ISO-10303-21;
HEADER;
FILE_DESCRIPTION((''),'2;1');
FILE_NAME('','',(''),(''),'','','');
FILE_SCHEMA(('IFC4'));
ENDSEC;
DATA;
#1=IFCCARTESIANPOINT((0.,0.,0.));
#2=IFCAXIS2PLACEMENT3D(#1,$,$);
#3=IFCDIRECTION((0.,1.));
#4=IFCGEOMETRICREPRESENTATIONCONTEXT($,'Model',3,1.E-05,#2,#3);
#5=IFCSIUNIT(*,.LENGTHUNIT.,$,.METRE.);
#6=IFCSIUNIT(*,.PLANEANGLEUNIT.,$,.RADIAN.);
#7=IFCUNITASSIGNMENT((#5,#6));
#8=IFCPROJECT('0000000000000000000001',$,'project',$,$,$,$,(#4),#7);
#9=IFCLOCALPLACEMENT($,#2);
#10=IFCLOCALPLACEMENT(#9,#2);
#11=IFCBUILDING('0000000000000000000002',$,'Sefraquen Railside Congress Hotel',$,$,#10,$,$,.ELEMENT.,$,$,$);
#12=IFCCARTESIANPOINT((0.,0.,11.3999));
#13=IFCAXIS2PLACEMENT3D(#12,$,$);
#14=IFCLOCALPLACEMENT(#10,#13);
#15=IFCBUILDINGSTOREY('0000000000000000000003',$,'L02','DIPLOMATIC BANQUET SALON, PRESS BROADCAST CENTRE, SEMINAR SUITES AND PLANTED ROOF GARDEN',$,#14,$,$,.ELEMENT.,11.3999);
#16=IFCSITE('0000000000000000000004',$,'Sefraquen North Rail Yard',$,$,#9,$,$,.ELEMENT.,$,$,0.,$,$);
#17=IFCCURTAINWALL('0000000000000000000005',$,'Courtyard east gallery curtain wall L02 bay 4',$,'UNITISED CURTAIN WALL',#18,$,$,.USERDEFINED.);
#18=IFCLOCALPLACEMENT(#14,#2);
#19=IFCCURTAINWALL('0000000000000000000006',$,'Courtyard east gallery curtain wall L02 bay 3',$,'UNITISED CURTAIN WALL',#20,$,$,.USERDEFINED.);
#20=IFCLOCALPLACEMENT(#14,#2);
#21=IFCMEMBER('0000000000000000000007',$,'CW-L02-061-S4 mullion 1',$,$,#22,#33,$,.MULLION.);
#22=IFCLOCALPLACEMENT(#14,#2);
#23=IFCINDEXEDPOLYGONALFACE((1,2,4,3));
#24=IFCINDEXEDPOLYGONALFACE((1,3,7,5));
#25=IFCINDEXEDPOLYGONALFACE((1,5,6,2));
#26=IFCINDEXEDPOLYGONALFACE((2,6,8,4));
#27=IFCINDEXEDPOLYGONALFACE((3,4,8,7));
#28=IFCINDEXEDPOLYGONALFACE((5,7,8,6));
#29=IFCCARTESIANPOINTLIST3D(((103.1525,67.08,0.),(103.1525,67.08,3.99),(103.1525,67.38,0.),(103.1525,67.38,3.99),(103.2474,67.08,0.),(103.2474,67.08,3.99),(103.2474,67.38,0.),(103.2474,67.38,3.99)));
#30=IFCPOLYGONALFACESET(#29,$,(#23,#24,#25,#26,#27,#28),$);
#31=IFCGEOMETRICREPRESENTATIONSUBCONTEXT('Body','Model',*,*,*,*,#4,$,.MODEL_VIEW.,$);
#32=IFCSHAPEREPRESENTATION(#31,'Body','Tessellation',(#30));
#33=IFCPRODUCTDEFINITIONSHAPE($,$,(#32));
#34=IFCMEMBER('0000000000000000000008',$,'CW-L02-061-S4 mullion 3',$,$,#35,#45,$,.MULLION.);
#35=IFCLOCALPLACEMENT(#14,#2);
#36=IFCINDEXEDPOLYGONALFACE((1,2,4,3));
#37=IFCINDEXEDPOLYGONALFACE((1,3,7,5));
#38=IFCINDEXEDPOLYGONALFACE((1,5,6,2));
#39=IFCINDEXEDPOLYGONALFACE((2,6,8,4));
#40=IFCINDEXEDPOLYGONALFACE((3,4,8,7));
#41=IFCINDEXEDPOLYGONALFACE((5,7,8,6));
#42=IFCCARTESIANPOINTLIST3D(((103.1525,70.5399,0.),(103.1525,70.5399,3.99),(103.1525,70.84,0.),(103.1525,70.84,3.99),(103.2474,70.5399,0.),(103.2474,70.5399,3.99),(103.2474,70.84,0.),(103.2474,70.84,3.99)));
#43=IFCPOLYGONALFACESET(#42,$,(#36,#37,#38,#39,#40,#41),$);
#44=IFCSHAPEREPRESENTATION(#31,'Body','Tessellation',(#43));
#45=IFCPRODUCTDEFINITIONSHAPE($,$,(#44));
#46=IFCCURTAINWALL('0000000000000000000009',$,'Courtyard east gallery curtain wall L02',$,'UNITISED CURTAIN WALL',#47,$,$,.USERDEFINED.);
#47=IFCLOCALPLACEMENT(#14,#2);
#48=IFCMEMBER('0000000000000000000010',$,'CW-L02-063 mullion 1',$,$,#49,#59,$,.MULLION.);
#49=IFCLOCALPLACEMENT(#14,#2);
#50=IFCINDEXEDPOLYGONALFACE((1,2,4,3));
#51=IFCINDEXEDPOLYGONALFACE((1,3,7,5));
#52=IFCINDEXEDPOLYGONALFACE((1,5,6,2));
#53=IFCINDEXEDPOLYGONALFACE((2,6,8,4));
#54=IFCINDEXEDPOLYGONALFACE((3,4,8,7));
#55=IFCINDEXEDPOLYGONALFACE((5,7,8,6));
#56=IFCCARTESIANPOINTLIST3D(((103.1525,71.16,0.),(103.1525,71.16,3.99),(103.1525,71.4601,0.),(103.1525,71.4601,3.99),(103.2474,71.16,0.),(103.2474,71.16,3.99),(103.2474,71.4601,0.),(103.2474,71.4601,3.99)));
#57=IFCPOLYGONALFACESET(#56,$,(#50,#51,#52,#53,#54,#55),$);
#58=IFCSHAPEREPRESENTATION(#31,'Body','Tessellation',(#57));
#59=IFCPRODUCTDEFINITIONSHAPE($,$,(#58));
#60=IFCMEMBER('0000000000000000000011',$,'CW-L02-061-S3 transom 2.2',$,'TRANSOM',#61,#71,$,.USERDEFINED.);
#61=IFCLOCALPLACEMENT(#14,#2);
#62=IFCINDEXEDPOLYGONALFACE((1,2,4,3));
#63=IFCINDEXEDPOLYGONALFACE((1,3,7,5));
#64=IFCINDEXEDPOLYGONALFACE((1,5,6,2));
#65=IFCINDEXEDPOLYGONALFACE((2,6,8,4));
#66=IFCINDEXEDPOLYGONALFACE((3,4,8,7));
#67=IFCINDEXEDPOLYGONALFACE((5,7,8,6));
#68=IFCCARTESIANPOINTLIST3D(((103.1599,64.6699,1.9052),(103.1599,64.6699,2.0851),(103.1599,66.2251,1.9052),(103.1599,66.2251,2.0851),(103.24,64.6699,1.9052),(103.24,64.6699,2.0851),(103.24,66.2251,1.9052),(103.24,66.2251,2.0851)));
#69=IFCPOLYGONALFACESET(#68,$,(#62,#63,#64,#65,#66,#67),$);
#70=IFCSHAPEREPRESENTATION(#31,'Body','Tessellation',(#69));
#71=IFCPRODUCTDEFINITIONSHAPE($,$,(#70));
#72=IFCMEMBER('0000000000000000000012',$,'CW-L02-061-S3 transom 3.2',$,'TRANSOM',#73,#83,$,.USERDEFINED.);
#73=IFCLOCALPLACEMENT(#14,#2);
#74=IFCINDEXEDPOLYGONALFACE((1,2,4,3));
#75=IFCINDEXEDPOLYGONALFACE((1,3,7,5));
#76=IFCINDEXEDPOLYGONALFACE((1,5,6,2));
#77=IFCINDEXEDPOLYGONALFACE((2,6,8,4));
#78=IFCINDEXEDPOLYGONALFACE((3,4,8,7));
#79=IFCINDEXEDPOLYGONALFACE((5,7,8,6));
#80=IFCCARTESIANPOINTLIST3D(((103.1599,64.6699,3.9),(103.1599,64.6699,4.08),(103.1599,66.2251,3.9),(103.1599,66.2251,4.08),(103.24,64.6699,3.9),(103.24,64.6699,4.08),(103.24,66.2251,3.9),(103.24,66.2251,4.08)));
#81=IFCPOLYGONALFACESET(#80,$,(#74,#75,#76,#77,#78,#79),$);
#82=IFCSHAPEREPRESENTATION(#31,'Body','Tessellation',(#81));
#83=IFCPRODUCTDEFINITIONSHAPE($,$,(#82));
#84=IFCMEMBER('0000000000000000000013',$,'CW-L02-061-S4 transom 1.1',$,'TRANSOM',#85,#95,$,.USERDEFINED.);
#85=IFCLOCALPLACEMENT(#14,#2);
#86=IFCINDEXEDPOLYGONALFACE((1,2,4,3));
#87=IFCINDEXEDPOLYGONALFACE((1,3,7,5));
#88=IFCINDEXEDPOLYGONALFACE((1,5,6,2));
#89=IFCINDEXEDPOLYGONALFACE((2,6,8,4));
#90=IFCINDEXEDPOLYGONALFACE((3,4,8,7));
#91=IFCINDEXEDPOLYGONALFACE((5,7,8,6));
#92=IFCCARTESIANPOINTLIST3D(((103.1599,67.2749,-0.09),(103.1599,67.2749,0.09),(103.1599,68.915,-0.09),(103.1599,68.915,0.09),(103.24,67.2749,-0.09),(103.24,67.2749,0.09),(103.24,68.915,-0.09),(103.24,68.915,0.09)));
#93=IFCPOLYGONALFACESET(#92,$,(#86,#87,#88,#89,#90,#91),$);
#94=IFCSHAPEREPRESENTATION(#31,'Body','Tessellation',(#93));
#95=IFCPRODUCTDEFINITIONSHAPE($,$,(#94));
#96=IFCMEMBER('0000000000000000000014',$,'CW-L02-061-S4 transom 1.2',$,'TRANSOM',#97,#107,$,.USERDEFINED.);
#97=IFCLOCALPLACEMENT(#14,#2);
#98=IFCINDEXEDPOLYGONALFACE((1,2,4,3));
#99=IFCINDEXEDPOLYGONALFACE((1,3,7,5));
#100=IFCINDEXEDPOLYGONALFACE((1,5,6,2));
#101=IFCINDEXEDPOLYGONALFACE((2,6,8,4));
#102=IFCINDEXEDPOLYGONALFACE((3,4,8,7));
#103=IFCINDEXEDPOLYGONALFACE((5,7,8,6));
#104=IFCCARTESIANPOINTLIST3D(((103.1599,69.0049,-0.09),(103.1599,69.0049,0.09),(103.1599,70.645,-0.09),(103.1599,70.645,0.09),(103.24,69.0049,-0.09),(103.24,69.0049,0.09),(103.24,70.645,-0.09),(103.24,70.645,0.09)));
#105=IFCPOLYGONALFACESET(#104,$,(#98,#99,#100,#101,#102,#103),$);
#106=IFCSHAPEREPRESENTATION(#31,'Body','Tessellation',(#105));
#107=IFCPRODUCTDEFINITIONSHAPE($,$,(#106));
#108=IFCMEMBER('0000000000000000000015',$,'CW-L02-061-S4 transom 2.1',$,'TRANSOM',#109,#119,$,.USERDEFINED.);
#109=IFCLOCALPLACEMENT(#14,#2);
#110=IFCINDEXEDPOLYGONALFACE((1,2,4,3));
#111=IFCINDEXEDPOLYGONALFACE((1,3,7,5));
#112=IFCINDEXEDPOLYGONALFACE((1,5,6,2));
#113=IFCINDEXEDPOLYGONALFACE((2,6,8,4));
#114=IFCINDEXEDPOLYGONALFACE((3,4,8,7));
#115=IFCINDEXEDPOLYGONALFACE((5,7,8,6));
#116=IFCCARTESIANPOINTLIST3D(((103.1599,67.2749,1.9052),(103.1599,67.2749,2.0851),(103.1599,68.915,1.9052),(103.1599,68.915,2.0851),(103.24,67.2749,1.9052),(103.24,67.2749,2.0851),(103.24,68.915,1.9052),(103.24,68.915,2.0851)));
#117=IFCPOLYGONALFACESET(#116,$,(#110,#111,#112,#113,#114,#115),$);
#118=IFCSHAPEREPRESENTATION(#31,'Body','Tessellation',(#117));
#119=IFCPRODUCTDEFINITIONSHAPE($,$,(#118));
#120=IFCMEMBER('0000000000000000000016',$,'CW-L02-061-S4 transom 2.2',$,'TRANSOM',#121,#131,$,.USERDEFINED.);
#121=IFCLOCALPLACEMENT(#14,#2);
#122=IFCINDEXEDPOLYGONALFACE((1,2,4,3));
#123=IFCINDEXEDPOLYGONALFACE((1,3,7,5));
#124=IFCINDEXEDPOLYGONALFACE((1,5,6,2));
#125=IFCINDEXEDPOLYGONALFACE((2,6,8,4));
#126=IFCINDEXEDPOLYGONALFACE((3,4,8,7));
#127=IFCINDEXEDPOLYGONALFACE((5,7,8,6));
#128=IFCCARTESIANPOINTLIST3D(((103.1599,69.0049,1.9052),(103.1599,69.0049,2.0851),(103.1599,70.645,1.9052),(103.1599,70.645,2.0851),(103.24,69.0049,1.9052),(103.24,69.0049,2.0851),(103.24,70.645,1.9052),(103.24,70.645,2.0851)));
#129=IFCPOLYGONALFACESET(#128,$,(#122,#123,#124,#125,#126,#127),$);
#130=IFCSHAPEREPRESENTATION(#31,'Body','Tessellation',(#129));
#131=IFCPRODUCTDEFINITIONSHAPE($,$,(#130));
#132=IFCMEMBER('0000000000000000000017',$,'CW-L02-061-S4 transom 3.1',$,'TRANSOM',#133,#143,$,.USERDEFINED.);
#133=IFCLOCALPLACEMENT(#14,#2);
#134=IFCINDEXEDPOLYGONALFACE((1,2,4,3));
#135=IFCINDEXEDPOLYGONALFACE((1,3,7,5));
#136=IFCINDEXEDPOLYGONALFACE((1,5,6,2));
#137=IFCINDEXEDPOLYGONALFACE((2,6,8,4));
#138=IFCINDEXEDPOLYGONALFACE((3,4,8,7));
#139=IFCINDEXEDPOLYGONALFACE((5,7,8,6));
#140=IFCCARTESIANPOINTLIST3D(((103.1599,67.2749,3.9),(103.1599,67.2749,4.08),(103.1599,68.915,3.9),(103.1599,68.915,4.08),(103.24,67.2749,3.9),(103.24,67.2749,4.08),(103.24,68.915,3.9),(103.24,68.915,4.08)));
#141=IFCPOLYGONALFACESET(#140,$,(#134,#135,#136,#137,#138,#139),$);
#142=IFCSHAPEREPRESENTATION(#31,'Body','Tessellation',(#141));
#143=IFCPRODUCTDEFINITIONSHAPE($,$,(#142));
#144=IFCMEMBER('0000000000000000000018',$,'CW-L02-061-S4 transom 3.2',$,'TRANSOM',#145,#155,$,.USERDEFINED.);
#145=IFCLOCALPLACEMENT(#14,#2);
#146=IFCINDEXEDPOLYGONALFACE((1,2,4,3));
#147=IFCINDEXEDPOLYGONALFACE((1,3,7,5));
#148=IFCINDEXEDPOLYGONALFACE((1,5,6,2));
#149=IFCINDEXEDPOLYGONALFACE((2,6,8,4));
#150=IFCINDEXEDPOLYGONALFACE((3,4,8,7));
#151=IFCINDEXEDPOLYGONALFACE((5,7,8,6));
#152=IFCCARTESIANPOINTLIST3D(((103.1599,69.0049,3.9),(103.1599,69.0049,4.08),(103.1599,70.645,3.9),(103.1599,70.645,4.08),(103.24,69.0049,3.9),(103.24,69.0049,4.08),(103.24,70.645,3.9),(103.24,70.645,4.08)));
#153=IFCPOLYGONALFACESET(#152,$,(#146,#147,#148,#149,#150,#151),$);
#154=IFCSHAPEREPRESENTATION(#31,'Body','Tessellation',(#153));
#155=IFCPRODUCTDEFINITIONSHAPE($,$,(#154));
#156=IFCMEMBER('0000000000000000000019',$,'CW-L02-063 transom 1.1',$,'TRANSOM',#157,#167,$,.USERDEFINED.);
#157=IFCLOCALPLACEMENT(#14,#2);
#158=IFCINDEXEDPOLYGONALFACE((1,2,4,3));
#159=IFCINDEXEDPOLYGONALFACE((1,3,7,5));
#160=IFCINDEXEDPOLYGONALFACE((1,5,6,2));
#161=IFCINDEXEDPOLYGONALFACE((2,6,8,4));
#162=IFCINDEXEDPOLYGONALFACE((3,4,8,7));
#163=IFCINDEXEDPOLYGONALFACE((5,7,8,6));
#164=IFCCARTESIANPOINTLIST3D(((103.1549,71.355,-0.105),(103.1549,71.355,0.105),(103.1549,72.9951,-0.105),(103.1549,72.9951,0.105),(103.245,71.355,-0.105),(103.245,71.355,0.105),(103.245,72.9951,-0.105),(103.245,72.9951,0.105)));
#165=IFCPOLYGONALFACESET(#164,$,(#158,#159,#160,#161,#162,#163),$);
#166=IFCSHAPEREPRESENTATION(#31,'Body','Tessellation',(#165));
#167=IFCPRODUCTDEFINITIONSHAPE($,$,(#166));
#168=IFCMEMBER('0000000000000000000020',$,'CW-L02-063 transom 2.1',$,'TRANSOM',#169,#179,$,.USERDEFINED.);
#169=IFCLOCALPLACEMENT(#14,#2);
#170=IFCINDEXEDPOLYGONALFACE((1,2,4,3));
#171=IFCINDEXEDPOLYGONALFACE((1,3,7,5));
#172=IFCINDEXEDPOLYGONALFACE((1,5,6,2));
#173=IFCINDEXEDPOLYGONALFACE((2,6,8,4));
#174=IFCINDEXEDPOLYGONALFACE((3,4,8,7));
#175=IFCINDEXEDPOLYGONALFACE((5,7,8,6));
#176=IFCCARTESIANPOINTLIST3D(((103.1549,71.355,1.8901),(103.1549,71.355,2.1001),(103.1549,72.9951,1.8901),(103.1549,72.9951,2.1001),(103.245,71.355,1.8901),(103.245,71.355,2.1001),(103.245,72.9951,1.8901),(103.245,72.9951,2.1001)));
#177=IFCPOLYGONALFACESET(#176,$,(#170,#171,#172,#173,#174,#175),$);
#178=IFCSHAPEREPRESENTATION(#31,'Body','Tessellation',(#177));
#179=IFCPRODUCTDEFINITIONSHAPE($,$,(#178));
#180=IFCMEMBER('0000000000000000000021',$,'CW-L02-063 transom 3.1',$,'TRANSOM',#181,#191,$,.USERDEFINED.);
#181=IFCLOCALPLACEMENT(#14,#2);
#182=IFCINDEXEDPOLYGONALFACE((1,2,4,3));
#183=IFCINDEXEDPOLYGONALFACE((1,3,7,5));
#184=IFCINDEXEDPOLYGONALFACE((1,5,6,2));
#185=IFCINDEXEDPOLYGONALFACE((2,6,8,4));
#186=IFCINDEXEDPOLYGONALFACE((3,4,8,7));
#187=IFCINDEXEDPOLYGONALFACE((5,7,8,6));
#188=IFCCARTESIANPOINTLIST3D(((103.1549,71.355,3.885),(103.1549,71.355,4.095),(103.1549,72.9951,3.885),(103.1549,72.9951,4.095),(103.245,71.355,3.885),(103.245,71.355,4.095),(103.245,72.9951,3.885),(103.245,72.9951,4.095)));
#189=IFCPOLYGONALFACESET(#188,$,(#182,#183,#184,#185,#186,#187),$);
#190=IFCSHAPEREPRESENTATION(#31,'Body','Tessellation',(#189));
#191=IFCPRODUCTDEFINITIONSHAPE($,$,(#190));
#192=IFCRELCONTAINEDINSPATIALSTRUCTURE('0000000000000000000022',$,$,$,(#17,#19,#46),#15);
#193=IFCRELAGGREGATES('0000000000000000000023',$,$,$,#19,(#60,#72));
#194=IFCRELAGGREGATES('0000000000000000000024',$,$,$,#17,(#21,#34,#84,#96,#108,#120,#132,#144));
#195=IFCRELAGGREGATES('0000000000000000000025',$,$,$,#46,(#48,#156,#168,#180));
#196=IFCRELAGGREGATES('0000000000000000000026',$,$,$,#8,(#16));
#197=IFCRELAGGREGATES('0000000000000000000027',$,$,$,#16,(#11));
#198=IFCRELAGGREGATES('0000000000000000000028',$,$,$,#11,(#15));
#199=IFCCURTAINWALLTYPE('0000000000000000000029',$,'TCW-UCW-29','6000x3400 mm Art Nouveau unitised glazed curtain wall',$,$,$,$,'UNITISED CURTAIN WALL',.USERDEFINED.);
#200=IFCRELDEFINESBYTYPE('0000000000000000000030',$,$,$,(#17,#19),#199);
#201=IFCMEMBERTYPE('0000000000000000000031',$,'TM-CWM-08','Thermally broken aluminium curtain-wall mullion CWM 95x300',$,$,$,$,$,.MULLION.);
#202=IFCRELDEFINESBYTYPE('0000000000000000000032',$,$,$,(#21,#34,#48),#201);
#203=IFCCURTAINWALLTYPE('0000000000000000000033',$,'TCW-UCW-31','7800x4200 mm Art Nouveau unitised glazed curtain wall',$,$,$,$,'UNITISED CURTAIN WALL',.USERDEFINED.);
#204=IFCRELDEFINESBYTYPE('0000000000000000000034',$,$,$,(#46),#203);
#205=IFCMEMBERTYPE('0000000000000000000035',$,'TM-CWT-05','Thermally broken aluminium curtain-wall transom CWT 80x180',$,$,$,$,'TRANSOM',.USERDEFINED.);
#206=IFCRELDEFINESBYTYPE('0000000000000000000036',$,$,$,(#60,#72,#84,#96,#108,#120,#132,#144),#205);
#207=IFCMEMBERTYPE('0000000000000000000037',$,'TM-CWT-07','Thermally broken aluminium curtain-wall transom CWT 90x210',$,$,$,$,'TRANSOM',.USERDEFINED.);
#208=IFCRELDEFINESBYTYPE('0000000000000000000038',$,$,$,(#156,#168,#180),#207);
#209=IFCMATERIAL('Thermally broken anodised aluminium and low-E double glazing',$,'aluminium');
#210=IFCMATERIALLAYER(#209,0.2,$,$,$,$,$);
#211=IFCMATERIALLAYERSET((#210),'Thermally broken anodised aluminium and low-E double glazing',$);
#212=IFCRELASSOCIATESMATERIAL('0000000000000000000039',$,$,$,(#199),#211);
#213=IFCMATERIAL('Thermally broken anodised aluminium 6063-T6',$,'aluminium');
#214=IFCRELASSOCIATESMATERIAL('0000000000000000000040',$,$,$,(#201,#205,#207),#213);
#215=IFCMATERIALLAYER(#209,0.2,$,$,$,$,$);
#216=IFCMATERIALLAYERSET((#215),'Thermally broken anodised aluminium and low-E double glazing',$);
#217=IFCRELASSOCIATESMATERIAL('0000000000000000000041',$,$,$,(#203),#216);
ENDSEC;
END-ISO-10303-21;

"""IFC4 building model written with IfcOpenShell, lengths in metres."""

from ifc_helpers import new_model, si_unit, direction, frame, origin, origin_2d, place, context, subcontext, project, spatial, rectangle, extrude, material, layer, layer_set, material_profile, profile_set, type_object, element, aggregate, save


model = new_model("IFC4")

# Units and contexts
model_context = context("Model", 3, precision=1e-05, world=origin(), true_north=direction((0.0, 1.0)))
body_context = subcontext(model_context, "Body", "Model", "MODEL_VIEW")
ifc_project = project(units=[si_unit("LENGTHUNIT", "METRE"), si_unit("PLANEANGLEUNIT", "RADIAN")], contexts=[model_context])

# Site, building, storey
site_placement = place(None, origin())
site = spatial("IfcSite", under=ifc_project, at=site_placement, Name="Sefraquen North Rail Yard", CompositionType="ELEMENT", RefElevation=0.0)
building_placement = place(site_placement, origin())
building = spatial("IfcBuilding", under=site, at=building_placement, Name="Sefraquen Railside Congress Hotel", CompositionType="ELEMENT")
storey_placement = place(building_placement, frame((0.0, 0.0, 11.3999)))
storey = spatial("IfcBuildingStorey", under=building, at=storey_placement, Name="L02", Description="DIPLOMATIC BANQUET SALON, PRESS BROADCAST CENTRE, SEMINAR SUITES AND PLANTED ROOF GARDEN", CompositionType="ELEMENT", Elevation=11.3999)

# Curtain walls
ifc_material_1 = material(Name="Thermally broken anodised aluminium and low-E double glazing", Category="aluminium")
ifc_layer_1 = layer(ifc_material_1, 0.2)
ifc_layer_set_1 = layer_set([ifc_layer_1], Name="Thermally broken anodised aluminium and low-E double glazing")
curtain_wall_type_1 = type_object("IfcCurtainWallType", Name="TCW-UCW-29", Description="6000x3400 mm Art Nouveau unitised glazed curtain wall", ElementType="UNITISED CURTAIN WALL", PredefinedType="USERDEFINED", material=ifc_layer_set_1)
curtain_wall_1_placement = place(storey_placement, origin())
curtain_wall_1 = element("IfcCurtainWall", 1, at=curtain_wall_1_placement, inside=storey, type_object=curtain_wall_type_1, Name="Courtyard east gallery curtain wall L02 bay 4", ObjectType="UNITISED CURTAIN WALL", PredefinedType="USERDEFINED")
ifc_material_2 = material(Name="Thermally broken anodised aluminium 6063-T6", Category="aluminium")
curtain_wall_2_placement = place(storey_placement, origin())
curtain_wall_2 = element("IfcCurtainWall", 2, at=curtain_wall_2_placement, inside=storey, type_object=curtain_wall_type_1, Name="Courtyard east gallery curtain wall L02 bay 3", ObjectType="UNITISED CURTAIN WALL", PredefinedType="USERDEFINED")
ifc_material_profile_1 = material_profile(ifc_material_2, rectangle(XDim=0.095, YDim=0.3, at=origin_2d()), Name="CWM 95x300")
ifc_profile_set_1 = profile_set([ifc_material_profile_1], Name="Thermally broken anodised aluminium 6063-T6")
member_type_1 = type_object("IfcMemberType", Name="TM-CWM-08", Description="Thermally broken aluminium curtain-wall mullion CWM 95x300", PredefinedType="MULLION", material=ifc_profile_set_1)

# Members
member_1_placement = place(storey_placement, frame((103.2, 67.23, 0.0), z_axis=(0.0, 0.0, 1.0), x_axis=(1.0, 0.0, 0.0)))
member_1 = element("IfcMember", 3, at=member_1_placement, type_object=member_type_1, Name="CW-L02-061-S4 mullion 1", PredefinedType="MULLION", context=body_context, shape_type="SweptSolid", body=[
    extrude(rectangle(XDim=0.095, YDim=0.3, at=origin_2d()), origin(), (0.0, 0.0, 1.0), 3.99),
])
member_2_placement = place(storey_placement, frame((103.2, 70.6899, 0.0), z_axis=(0.0, 0.0, 1.0), x_axis=(1.0, 0.0, 0.0)))
member_2 = element("IfcMember", 4, at=member_2_placement, type_object=member_type_1, Name="CW-L02-061-S4 mullion 3", PredefinedType="MULLION", context=body_context, shape_type="SweptSolid", body=[
    extrude(rectangle(XDim=0.095, YDim=0.3, at=origin_2d()), origin(), (0.0, 0.0, 1.0), 3.99),
])

# Curtain wall, member
ifc_layer_2 = layer(ifc_material_1, 0.2)
ifc_layer_set_2 = layer_set([ifc_layer_2], Name="Thermally broken anodised aluminium and low-E double glazing")
curtain_wall_type_2 = type_object("IfcCurtainWallType", Name="TCW-UCW-31", Description="7800x4200 mm Art Nouveau unitised glazed curtain wall", ElementType="UNITISED CURTAIN WALL", PredefinedType="USERDEFINED", material=ifc_layer_set_2)
curtain_wall_3_placement = place(storey_placement, origin())
curtain_wall_3 = element("IfcCurtainWall", 5, at=curtain_wall_3_placement, inside=storey, type_object=curtain_wall_type_2, Name="Courtyard east gallery curtain wall L02", ObjectType="UNITISED CURTAIN WALL", PredefinedType="USERDEFINED")
member_3_placement = place(storey_placement, frame((103.2, 71.3101, 0.0), z_axis=(0.0, 0.0, 1.0), x_axis=(1.0, 0.0, 0.0)))
member_3 = element("IfcMember", 6, at=member_3_placement, type_object=member_type_1, Name="CW-L02-063 mullion 1", PredefinedType="MULLION", context=body_context, shape_type="SweptSolid", body=[
    extrude(rectangle(XDim=0.095, YDim=0.3, at=origin_2d()), origin(), (0.0, 0.0, 1.0), 3.99),
])

# Members
ifc_material_profile_2 = material_profile(ifc_material_2, rectangle(XDim=0.0801, YDim=0.1799, at=origin_2d()), Name="CWT 80x180")
ifc_profile_set_2 = profile_set([ifc_material_profile_2], Name="Thermally broken anodised aluminium 6063-T6")
member_type_2 = type_object("IfcMemberType", Name="TM-CWT-05", Description="Thermally broken aluminium curtain-wall transom CWT 80x180", ElementType="TRANSOM", PredefinedType="USERDEFINED", material=ifc_profile_set_2)
member_4_placement = place(storey_placement, frame((103.2, 64.6699, 1.9951), z_axis=(0.0, 1.0, 0.0), x_axis=(-1.0, 0.0, 0.0)))
member_4 = element("IfcMember", 7, at=member_4_placement, type_object=member_type_2, Name="CW-L02-061-S3 transom 2.2", ObjectType="TRANSOM", PredefinedType="USERDEFINED", context=body_context, shape_type="SweptSolid", body=[
    extrude(rectangle(XDim=0.0801, YDim=0.1799, at=origin_2d()), origin(), (0.0, 0.0, 1.0), 1.5552),
])
member_5_placement = place(storey_placement, frame((103.2, 64.6699, 3.99), z_axis=(0.0, 1.0, 0.0), x_axis=(-1.0, 0.0, 0.0)))
member_5 = element("IfcMember", 8, at=member_5_placement, type_object=member_type_2, Name="CW-L02-061-S3 transom 3.2", ObjectType="TRANSOM", PredefinedType="USERDEFINED", context=body_context, shape_type="SweptSolid", body=[
    extrude(rectangle(XDim=0.0801, YDim=0.1799, at=origin_2d()), origin(), (0.0, 0.0, 1.0), 1.5552),
])
member_6_placement = place(storey_placement, frame((103.2, 67.2749, 0.0), z_axis=(0.0, 1.0, 0.0), x_axis=(-1.0, 0.0, 0.0)))
member_6 = element("IfcMember", 9, at=member_6_placement, type_object=member_type_2, Name="CW-L02-061-S4 transom 1.1", ObjectType="TRANSOM", PredefinedType="USERDEFINED", context=body_context, shape_type="SweptSolid", body=[
    extrude(rectangle(XDim=0.0801, YDim=0.1799, at=origin_2d()), origin(), (0.0, 0.0, 1.0), 1.6401),
])
member_7_placement = place(storey_placement, frame((103.2, 69.0049, 0.0), z_axis=(0.0, 1.0, 0.0), x_axis=(-1.0, 0.0, 0.0)))
member_7 = element("IfcMember", 10, at=member_7_placement, type_object=member_type_2, Name="CW-L02-061-S4 transom 1.2", ObjectType="TRANSOM", PredefinedType="USERDEFINED", context=body_context, shape_type="SweptSolid", body=[
    extrude(rectangle(XDim=0.0801, YDim=0.1799, at=origin_2d()), origin(), (0.0, 0.0, 1.0), 1.6401),
])
member_8_placement = place(storey_placement, frame((103.2, 67.2749, 1.9951), z_axis=(0.0, 1.0, 0.0), x_axis=(-1.0, 0.0, 0.0)))
member_8 = element("IfcMember", 11, at=member_8_placement, type_object=member_type_2, Name="CW-L02-061-S4 transom 2.1", ObjectType="TRANSOM", PredefinedType="USERDEFINED", context=body_context, shape_type="SweptSolid", body=[
    extrude(rectangle(XDim=0.0801, YDim=0.1799, at=origin_2d()), origin(), (0.0, 0.0, 1.0), 1.6401),
])
member_9_placement = place(storey_placement, frame((103.2, 69.0049, 1.9951), z_axis=(0.0, 1.0, 0.0), x_axis=(-1.0, 0.0, 0.0)))
member_9 = element("IfcMember", 12, at=member_9_placement, type_object=member_type_2, Name="CW-L02-061-S4 transom 2.2", ObjectType="TRANSOM", PredefinedType="USERDEFINED", context=body_context, shape_type="SweptSolid", body=[
    extrude(rectangle(XDim=0.0801, YDim=0.1799, at=origin_2d()), origin(), (0.0, 0.0, 1.0), 1.6401),
])
member_10_placement = place(storey_placement, frame((103.2, 67.2749, 3.99), z_axis=(0.0, 1.0, 0.0), x_axis=(-1.0, 0.0, 0.0)))
member_10 = element("IfcMember", 13, at=member_10_placement, type_object=member_type_2, Name="CW-L02-061-S4 transom 3.1", ObjectType="TRANSOM", PredefinedType="USERDEFINED", context=body_context, shape_type="SweptSolid", body=[
    extrude(rectangle(XDim=0.0801, YDim=0.1799, at=origin_2d()), origin(), (0.0, 0.0, 1.0), 1.6401),
])
member_11_placement = place(storey_placement, frame((103.2, 69.0049, 3.99), z_axis=(0.0, 1.0, 0.0), x_axis=(-1.0, 0.0, 0.0)))
member_11 = element("IfcMember", 14, at=member_11_placement, type_object=member_type_2, Name="CW-L02-061-S4 transom 3.2", ObjectType="TRANSOM", PredefinedType="USERDEFINED", context=body_context, shape_type="SweptSolid", body=[
    extrude(rectangle(XDim=0.0801, YDim=0.1799, at=origin_2d()), origin(), (0.0, 0.0, 1.0), 1.6401),
])
ifc_material_profile_3 = material_profile(ifc_material_2, rectangle(XDim=0.0901, YDim=0.21, at=origin_2d()), Name="CWT 90x210")
ifc_profile_set_3 = profile_set([ifc_material_profile_3], Name="Thermally broken anodised aluminium 6063-T6")
member_type_3 = type_object("IfcMemberType", Name="TM-CWT-07", Description="Thermally broken aluminium curtain-wall transom CWT 90x210", ElementType="TRANSOM", PredefinedType="USERDEFINED", material=ifc_profile_set_3)
member_12_placement = place(storey_placement, frame((103.2, 71.355, 0.0), z_axis=(0.0, 1.0, 0.0), x_axis=(-1.0, 0.0, 0.0)))
member_12 = element("IfcMember", 15, at=member_12_placement, type_object=member_type_3, Name="CW-L02-063 transom 1.1", ObjectType="TRANSOM", PredefinedType="USERDEFINED", context=body_context, shape_type="SweptSolid", body=[
    extrude(rectangle(XDim=0.0901, YDim=0.21, at=origin_2d()), origin(), (0.0, 0.0, 1.0), 1.6401),
])
member_13_placement = place(storey_placement, frame((103.2, 71.355, 1.9951), z_axis=(0.0, 1.0, 0.0), x_axis=(-1.0, 0.0, 0.0)))
member_13 = element("IfcMember", 16, at=member_13_placement, type_object=member_type_3, Name="CW-L02-063 transom 2.1", ObjectType="TRANSOM", PredefinedType="USERDEFINED", context=body_context, shape_type="SweptSolid", body=[
    extrude(rectangle(XDim=0.0901, YDim=0.21, at=origin_2d()), origin(), (0.0, 0.0, 1.0), 1.6401),
])
member_14_placement = place(storey_placement, frame((103.2, 71.355, 3.99), z_axis=(0.0, 1.0, 0.0), x_axis=(-1.0, 0.0, 0.0)))
member_14 = element("IfcMember", 17, at=member_14_placement, type_object=member_type_3, Name="CW-L02-063 transom 3.1", ObjectType="TRANSOM", PredefinedType="USERDEFINED", context=body_context, shape_type="SweptSolid", body=[
    extrude(rectangle(XDim=0.0901, YDim=0.21, at=origin_2d()), origin(), (0.0, 0.0, 1.0), 1.6401),
])

aggregate(curtain_wall_2, [member_4, member_5])
aggregate(curtain_wall_1, [member_1, member_2, member_6, member_7, member_8, member_9, member_10, member_11])
aggregate(curtain_wall_3, [member_3, member_12, member_13, member_14])

save(model, "model.ifc")
